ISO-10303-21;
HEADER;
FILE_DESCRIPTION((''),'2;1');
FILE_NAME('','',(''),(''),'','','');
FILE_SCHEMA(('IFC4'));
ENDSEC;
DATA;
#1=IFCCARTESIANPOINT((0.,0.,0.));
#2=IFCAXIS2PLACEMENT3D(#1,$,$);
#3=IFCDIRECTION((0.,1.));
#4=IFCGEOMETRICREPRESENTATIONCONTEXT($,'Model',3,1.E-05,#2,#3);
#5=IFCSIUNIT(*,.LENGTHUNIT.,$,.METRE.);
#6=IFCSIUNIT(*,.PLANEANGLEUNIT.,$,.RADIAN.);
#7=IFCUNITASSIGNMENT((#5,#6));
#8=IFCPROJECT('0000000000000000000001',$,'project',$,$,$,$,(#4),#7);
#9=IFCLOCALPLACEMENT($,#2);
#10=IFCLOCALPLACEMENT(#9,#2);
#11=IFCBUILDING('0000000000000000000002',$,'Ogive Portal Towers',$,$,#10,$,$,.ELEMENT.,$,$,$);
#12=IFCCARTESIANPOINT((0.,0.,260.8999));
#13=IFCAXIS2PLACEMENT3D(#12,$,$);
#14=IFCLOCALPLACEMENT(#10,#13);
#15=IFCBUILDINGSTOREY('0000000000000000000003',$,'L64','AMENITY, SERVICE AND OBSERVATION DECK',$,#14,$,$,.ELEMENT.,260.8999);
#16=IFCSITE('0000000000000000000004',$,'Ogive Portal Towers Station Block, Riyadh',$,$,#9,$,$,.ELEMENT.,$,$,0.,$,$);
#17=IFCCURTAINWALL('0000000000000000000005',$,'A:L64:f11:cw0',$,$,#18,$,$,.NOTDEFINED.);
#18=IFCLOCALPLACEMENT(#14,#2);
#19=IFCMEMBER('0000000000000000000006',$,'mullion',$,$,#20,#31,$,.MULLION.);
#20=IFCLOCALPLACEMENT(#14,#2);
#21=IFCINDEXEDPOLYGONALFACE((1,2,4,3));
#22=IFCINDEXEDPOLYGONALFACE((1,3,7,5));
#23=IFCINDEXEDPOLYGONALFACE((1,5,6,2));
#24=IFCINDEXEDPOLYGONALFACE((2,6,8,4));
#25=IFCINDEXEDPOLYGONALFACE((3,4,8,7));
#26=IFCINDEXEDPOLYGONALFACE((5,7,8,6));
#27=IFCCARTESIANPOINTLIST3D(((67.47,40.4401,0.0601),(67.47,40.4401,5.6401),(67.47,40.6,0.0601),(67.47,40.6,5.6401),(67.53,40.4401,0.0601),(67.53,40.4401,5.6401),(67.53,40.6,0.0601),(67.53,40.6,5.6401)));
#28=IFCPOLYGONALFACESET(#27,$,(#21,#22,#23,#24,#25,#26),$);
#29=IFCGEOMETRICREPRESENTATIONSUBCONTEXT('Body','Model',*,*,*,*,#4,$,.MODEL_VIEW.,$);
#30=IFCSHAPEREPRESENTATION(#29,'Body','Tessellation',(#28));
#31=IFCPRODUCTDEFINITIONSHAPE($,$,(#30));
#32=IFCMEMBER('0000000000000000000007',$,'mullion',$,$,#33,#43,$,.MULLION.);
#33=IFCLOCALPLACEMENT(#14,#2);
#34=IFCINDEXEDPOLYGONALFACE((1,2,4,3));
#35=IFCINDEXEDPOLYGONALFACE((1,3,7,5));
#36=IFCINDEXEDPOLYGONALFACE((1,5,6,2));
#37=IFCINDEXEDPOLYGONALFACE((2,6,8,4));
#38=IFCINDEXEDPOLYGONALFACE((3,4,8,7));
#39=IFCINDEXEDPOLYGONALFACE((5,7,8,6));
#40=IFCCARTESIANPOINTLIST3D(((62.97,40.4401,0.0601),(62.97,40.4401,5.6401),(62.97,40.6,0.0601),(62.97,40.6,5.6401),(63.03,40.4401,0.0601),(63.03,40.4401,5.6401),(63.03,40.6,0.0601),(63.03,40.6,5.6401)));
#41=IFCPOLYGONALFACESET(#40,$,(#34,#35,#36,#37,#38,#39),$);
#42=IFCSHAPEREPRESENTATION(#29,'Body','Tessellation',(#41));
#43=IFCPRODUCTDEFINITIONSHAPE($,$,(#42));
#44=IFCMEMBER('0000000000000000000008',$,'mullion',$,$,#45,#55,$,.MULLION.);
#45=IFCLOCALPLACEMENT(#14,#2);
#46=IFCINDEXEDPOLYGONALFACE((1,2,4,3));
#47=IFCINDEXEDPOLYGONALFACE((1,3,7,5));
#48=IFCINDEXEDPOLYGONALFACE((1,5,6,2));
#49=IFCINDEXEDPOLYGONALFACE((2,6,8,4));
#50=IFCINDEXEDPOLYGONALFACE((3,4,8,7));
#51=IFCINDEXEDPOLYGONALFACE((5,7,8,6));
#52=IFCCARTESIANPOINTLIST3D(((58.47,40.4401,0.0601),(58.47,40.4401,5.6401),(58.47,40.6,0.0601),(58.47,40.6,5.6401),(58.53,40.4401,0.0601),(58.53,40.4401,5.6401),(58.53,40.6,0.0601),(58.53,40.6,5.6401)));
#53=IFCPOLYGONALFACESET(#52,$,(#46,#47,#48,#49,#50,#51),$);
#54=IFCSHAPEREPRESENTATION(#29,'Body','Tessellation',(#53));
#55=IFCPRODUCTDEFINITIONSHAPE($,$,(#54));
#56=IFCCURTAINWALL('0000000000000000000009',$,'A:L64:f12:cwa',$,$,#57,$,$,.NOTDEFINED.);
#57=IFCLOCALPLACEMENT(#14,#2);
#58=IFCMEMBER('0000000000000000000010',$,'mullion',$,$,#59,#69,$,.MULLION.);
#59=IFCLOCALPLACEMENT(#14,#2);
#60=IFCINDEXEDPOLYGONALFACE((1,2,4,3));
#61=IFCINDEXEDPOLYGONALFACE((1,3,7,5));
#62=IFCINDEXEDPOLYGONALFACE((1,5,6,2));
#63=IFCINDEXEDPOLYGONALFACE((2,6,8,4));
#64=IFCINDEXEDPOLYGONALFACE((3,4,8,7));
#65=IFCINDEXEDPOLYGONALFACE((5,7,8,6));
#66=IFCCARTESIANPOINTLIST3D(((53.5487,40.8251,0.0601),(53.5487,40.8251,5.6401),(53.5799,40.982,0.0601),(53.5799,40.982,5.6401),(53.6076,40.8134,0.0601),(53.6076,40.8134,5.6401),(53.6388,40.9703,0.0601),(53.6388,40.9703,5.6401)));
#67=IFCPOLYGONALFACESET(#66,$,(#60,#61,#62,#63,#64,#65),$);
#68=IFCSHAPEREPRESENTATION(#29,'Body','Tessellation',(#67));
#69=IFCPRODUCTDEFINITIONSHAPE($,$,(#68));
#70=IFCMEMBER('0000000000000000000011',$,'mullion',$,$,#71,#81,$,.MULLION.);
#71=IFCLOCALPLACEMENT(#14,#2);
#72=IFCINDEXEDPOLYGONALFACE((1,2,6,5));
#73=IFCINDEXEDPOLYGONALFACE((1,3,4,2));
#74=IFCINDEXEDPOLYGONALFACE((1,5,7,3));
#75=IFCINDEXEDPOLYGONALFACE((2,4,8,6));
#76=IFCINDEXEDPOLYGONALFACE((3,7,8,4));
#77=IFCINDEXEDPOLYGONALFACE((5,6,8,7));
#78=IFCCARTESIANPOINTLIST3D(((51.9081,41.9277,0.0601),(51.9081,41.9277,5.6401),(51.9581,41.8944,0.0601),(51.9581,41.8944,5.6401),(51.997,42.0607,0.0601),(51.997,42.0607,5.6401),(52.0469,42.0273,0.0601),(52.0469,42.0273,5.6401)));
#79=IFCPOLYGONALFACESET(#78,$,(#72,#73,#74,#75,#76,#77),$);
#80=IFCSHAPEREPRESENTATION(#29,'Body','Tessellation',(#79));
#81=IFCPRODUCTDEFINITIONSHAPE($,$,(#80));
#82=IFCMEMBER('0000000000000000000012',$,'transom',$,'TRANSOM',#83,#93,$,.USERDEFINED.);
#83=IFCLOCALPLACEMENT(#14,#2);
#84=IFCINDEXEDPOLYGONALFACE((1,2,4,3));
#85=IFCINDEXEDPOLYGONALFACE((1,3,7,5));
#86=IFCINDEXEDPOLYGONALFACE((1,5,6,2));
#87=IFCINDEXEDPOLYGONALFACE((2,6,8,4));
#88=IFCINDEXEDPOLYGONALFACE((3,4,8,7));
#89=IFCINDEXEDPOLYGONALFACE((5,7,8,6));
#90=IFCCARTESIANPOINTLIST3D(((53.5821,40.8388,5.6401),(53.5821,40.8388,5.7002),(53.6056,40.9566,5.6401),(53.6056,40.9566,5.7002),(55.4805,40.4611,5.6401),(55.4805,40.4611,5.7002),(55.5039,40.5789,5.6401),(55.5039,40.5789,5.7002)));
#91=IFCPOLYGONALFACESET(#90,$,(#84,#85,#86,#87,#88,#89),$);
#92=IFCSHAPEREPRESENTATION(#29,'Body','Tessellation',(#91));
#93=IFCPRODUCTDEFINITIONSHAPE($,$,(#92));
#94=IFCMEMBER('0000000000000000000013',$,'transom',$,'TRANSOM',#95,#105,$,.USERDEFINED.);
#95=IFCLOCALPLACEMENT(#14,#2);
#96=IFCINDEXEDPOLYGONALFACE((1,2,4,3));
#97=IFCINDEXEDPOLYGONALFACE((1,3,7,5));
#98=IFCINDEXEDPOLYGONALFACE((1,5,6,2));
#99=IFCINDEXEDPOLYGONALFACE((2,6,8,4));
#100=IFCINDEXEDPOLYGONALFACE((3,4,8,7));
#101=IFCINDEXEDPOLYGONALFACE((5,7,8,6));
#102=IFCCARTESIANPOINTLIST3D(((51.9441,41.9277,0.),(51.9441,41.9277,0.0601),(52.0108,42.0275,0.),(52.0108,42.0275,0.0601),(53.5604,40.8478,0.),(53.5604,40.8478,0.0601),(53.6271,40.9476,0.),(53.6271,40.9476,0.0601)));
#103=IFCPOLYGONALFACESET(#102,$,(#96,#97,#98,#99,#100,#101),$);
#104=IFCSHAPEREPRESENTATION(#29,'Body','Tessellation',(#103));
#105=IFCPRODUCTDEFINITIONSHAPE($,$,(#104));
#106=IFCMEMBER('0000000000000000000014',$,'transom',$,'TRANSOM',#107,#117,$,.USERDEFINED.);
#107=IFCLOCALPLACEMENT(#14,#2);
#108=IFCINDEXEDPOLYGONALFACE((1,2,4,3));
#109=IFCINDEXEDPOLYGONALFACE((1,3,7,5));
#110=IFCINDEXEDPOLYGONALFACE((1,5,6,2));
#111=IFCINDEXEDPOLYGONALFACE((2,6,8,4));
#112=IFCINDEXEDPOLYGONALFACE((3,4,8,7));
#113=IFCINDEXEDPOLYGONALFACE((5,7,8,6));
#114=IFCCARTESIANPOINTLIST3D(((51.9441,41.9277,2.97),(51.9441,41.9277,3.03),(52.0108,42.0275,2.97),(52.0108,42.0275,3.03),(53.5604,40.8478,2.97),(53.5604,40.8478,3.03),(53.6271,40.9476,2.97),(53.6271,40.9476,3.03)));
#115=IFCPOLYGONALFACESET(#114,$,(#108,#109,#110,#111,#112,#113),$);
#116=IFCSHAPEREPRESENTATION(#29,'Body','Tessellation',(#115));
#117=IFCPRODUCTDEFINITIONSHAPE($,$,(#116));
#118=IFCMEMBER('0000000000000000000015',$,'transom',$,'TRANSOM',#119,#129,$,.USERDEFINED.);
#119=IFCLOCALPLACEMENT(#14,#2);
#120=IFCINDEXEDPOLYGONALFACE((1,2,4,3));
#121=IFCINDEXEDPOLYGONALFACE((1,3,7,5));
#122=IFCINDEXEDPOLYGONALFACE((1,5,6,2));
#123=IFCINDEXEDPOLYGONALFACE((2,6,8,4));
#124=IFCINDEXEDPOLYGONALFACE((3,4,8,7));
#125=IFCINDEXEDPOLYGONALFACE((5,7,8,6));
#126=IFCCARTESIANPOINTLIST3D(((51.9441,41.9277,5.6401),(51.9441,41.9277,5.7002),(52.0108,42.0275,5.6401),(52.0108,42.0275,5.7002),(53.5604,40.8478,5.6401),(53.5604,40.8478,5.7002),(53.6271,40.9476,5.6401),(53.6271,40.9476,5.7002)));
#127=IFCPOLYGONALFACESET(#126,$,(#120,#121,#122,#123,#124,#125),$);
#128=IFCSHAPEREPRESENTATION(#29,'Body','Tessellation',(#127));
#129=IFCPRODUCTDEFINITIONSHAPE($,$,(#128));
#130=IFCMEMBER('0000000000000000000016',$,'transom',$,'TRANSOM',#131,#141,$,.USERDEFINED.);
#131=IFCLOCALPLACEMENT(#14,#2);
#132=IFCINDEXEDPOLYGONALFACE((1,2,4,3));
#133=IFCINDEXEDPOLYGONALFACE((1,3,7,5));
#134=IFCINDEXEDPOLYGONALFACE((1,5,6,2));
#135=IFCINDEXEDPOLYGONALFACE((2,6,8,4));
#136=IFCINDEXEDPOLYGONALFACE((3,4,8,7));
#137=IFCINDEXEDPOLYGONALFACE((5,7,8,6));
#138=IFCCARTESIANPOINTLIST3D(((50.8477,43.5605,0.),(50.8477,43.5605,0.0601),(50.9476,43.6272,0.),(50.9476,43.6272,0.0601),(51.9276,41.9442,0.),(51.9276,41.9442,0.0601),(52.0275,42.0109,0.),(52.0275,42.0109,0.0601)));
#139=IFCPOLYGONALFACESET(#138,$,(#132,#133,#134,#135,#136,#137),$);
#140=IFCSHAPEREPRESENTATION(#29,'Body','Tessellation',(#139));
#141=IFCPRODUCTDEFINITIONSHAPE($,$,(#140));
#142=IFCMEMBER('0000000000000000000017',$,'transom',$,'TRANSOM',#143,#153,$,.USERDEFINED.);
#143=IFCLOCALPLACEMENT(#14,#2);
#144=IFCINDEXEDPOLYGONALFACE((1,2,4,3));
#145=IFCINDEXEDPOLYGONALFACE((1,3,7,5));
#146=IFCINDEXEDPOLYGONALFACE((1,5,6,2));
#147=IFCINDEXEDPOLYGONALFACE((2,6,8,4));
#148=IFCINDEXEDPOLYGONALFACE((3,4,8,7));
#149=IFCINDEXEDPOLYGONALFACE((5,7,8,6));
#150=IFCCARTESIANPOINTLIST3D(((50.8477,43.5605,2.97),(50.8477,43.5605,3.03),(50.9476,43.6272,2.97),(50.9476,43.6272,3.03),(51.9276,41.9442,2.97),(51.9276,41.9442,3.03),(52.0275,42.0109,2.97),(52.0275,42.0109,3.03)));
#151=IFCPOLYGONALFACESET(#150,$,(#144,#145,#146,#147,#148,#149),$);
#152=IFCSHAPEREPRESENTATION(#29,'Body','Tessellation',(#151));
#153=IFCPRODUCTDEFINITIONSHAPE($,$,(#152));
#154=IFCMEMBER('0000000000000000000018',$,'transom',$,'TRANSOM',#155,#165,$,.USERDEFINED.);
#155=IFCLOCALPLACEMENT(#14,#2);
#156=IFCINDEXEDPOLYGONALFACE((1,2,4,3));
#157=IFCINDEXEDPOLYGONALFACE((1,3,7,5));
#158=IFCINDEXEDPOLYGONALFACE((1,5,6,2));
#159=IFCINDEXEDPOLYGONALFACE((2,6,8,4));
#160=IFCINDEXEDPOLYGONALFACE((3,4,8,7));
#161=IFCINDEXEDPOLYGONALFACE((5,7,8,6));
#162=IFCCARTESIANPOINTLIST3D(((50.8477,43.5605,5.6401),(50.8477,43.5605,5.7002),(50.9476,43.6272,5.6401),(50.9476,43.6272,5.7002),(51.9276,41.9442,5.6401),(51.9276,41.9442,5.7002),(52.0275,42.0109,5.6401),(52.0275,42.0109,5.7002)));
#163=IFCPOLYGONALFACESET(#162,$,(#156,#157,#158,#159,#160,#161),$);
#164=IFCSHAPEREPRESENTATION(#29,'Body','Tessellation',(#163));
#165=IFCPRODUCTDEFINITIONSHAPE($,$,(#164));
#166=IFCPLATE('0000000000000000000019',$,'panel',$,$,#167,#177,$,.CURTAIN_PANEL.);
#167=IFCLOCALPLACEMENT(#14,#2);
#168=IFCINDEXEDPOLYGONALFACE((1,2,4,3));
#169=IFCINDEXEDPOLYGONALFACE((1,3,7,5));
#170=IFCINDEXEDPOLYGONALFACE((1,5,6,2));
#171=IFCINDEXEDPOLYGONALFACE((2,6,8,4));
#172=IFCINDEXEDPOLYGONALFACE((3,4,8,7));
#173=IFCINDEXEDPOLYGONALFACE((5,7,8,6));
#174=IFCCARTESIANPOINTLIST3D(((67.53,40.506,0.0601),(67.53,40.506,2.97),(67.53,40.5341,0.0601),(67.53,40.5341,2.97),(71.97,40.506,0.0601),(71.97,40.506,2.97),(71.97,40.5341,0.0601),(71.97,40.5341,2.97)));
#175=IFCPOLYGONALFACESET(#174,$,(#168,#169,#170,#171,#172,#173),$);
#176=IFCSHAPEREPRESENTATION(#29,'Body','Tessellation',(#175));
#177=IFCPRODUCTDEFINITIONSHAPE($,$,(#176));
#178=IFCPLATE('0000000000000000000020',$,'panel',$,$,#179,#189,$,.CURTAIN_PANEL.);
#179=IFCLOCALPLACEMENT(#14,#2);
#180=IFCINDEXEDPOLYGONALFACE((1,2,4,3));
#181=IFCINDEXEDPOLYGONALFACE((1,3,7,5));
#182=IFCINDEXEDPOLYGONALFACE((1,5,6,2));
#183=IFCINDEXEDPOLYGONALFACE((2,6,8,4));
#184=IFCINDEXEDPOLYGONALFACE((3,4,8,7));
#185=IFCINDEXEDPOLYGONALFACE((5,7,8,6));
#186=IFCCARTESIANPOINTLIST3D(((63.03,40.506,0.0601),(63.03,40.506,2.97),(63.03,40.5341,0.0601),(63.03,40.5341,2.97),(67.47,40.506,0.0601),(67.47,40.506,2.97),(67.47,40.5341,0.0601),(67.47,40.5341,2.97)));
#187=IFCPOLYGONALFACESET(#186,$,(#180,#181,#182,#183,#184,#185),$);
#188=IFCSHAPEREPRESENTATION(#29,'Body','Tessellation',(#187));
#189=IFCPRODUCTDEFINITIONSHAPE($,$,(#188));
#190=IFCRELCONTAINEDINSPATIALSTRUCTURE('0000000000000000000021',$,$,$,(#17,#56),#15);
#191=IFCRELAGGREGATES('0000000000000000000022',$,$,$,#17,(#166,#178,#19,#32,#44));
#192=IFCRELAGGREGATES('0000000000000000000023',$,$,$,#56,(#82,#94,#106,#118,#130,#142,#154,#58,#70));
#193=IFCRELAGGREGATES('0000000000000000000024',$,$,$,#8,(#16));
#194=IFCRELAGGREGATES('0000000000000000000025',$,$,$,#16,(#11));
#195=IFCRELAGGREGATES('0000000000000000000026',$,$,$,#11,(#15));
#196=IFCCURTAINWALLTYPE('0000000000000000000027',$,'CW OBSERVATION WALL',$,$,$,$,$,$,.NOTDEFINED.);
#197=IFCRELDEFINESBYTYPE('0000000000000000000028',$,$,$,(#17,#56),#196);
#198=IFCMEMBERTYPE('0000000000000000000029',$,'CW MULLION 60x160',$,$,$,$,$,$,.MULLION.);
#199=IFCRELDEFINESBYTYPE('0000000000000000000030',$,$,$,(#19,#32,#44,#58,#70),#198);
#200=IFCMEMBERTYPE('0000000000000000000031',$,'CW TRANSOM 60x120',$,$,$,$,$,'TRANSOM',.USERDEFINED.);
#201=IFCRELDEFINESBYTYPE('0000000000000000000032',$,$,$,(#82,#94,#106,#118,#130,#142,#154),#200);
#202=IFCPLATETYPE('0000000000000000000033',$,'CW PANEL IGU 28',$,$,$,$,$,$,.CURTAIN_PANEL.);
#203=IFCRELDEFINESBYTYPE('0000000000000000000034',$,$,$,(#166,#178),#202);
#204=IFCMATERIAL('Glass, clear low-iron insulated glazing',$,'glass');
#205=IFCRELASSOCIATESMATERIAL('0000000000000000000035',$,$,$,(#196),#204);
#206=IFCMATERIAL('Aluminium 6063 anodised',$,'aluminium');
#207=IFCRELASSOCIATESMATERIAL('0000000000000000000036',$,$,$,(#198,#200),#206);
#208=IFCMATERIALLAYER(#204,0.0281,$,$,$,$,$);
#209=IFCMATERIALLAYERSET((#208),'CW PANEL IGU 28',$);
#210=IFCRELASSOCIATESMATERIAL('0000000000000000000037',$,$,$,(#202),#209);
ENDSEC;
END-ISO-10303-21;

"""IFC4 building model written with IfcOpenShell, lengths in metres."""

from ifc_helpers import new_model, si_unit, direction, frame, origin, origin_2d, place, context, subcontext, project, spatial, rectangle, extrude, material, layer, layer_set, material_profile, profile_set, type_object, element, aggregate, save


model = new_model("IFC4")

# Units and contexts
model_context = context("Model", 3, precision=1e-05, world=origin(), true_north=direction((0.0, 1.0)))
body_context = subcontext(model_context, "Body", "Model", "MODEL_VIEW")
ifc_project = project(units=[si_unit("LENGTHUNIT", "METRE"), si_unit("PLANEANGLEUNIT", "RADIAN")], contexts=[model_context])

# Site, building, storey
site_placement = place(None, origin())
site = spatial("IfcSite", under=ifc_project, at=site_placement, Name="Ogive Portal Towers Station Block, Riyadh", CompositionType="ELEMENT", RefElevation=0.0)
building_placement = place(site_placement, origin())
building = spatial("IfcBuilding", under=site, at=building_placement, Name="Ogive Portal Towers", CompositionType="ELEMENT")
storey_placement = place(building_placement, frame((0.0, 0.0, 260.8999)))
storey = spatial("IfcBuildingStorey", under=building, at=storey_placement, Name="L64", Description="AMENITY, SERVICE AND OBSERVATION DECK", CompositionType="ELEMENT", Elevation=260.8999)

# Curtain walls, members
ifc_material_1 = material(Name="Glass, clear low-iron insulated glazing", Category="glass")
curtain_wall_type = type_object("IfcCurtainWallType", Name="CW OBSERVATION WALL", PredefinedType="NOTDEFINED", material=ifc_material_1)
curtain_wall_1_placement = place(storey_placement, origin())
curtain_wall_1 = element("IfcCurtainWall", 1, at=curtain_wall_1_placement, inside=storey, type_object=curtain_wall_type, Name="A:L64:f11:cw0", PredefinedType="NOTDEFINED")
ifc_material_2 = material(Name="Aluminium 6063 anodised", Category="aluminium")
ifc_material_profile_1 = material_profile(ifc_material_2, rectangle(XDim=0.1599, YDim=0.0601, at=origin_2d()), Name="AL 60x160")
ifc_profile_set_1 = profile_set([ifc_material_profile_1], Name="Aluminium 6063 anodised")
member_type_1 = type_object("IfcMemberType", Name="CW MULLION 60x160", PredefinedType="MULLION", material=ifc_profile_set_1)
member_1_placement = place(storey_placement, frame((67.5, 40.52, 0.0601), z_axis=(0.0, 0.0, 1.0), x_axis=(0.0, -1.0, 0.0)))
member_1 = element("IfcMember", 2, at=member_1_placement, type_object=member_type_1, Name="mullion", PredefinedType="MULLION", context=body_context, shape_type="SweptSolid", body=[
    extrude(rectangle(XDim=0.1599, YDim=0.0601, at=origin_2d()), origin(), (0.0, 0.0, 1.0), 5.5801),
])
member_2_placement = place(storey_placement, frame((63.0, 40.52, 0.0601), z_axis=(0.0, 0.0, 1.0), x_axis=(0.0, -1.0, 0.0)))
member_2 = element("IfcMember", 3, at=member_2_placement, type_object=member_type_1, Name="mullion", PredefinedType="MULLION", context=body_context, shape_type="SweptSolid", body=[
    extrude(rectangle(XDim=0.1599, YDim=0.0601, at=origin_2d()), origin(), (0.0, 0.0, 1.0), 5.5801),
])
member_3_placement = place(storey_placement, frame((58.5, 40.52, 0.0601), z_axis=(0.0, 0.0, 1.0), x_axis=(0.0, -1.0, 0.0)))
member_3 = element("IfcMember", 4, at=member_3_placement, type_object=member_type_1, Name="mullion", PredefinedType="MULLION", context=body_context, shape_type="SweptSolid", body=[
    extrude(rectangle(XDim=0.1599, YDim=0.0601, at=origin_2d()), origin(), (0.0, 0.0, 1.0), 5.5801),
])
curtain_wall_2_placement = place(storey_placement, origin())
curtain_wall_2 = element("IfcCurtainWall", 5, at=curtain_wall_2_placement, inside=storey, type_object=curtain_wall_type, Name="A:L64:f12:cwa", PredefinedType="NOTDEFINED")
member_4_placement = place(storey_placement, frame((53.5938, 40.8977, 0.0601), z_axis=(0.0, 0.0, 1.0), x_axis=(-0.19509, -0.980785, 0.0)))
member_4 = element("IfcMember", 6, at=member_4_placement, type_object=member_type_1, Name="mullion", PredefinedType="MULLION", context=body_context, shape_type="SweptSolid", body=[
    extrude(rectangle(XDim=0.1599, YDim=0.0601, at=origin_2d()), origin(), (0.0, 0.0, 1.0), 5.5801),
])
member_5_placement = place(storey_placement, frame((51.9775, 41.9775, 0.0601), z_axis=(0.0, 0.0, 1.0), x_axis=(-0.55557, -0.83147, 0.0)))
member_5 = element("IfcMember", 7, at=member_5_placement, type_object=member_type_1, Name="mullion", PredefinedType="MULLION", context=body_context, shape_type="SweptSolid", body=[
    extrude(rectangle(XDim=0.1599, YDim=0.0601, at=origin_2d()), origin(), (0.0, 0.0, 1.0), 5.5801),
])
ifc_material_profile_2 = material_profile(ifc_material_2, rectangle(XDim=0.1201, YDim=0.0601, at=origin_2d()), Name="AL 120x60")
ifc_profile_set_2 = profile_set([ifc_material_profile_2], Name="Aluminium 6063 anodised")
member_type_2 = type_object("IfcMemberType", Name="CW TRANSOM 60x120", ElementType="TRANSOM", PredefinedType="USERDEFINED", material=ifc_profile_set_2)
member_6_placement = place(storey_placement, frame((55.4922, 40.52, 5.6702), z_axis=(-0.980779, 0.195122, 0.0), x_axis=(-0.195122, -0.980779, 0.0)))
member_6 = element("IfcMember", 8, at=member_6_placement, type_object=member_type_2, Name="transom", ObjectType="TRANSOM", PredefinedType="USERDEFINED", context=body_context, shape_type="SweptSolid", body=[
    extrude(rectangle(XDim=0.1201, YDim=0.0601, at=origin_2d()), origin(), (0.0, 0.0, 1.0), 1.9355),
])
member_7_placement = place(storey_placement, frame((53.5938, 40.8977, 0.03), z_axis=(-0.831489, 0.55554, 0.0), x_axis=(-0.55554, -0.831489, 0.0)))
member_7 = element("IfcMember", 9, at=member_7_placement, type_object=member_type_2, Name="transom", ObjectType="TRANSOM", PredefinedType="USERDEFINED", context=body_context, shape_type="SweptSolid", body=[
    extrude(rectangle(XDim=0.1201, YDim=0.0601, at=origin_2d()), origin(), (0.0, 0.0, 1.0), 1.9438),
])
member_8_placement = place(storey_placement, frame((53.5938, 40.8977, 3.0), z_axis=(-0.831489, 0.55554, 0.0), x_axis=(-0.55554, -0.831489, 0.0)))
member_8 = element("IfcMember", 10, at=member_8_placement, type_object=member_type_2, Name="transom", ObjectType="TRANSOM", PredefinedType="USERDEFINED", context=body_context, shape_type="SweptSolid", body=[
    extrude(rectangle(XDim=0.1201, YDim=0.0601, at=origin_2d()), origin(), (0.0, 0.0, 1.0), 1.9438),
])
member_9_placement = place(storey_placement, frame((53.5938, 40.8977, 5.6702), z_axis=(-0.831489, 0.55554, 0.0), x_axis=(-0.55554, -0.831489, 0.0)))
member_9 = element("IfcMember", 11, at=member_9_placement, type_object=member_type_2, Name="transom", ObjectType="TRANSOM", PredefinedType="USERDEFINED", context=body_context, shape_type="SweptSolid", body=[
    extrude(rectangle(XDim=0.1201, YDim=0.0601, at=origin_2d()), origin(), (0.0, 0.0, 1.0), 1.9438),
])
member_10_placement = place(storey_placement, frame((51.9775, 41.9775, 0.03), z_axis=(-0.55554, 0.831489, 0.0), x_axis=(-0.831489, -0.55554, 0.0)))
member_10 = element("IfcMember", 12, at=member_10_placement, type_object=member_type_2, Name="transom", ObjectType="TRANSOM", PredefinedType="USERDEFINED", context=body_context, shape_type="SweptSolid", body=[
    extrude(rectangle(XDim=0.1201, YDim=0.0601, at=origin_2d()), origin(), (0.0, 0.0, 1.0), 1.9438),
])
member_11_placement = place(storey_placement, frame((51.9775, 41.9775, 3.0), z_axis=(-0.55554, 0.831489, 0.0), x_axis=(-0.831489, -0.55554, 0.0)))
member_11 = element("IfcMember", 13, at=member_11_placement, type_object=member_type_2, Name="transom", ObjectType="TRANSOM", PredefinedType="USERDEFINED", context=body_context, shape_type="SweptSolid", body=[
    extrude(rectangle(XDim=0.1201, YDim=0.0601, at=origin_2d()), origin(), (0.0, 0.0, 1.0), 1.9438),
])
member_12_placement = place(storey_placement, frame((51.9775, 41.9775, 5.6702), z_axis=(-0.55554, 0.831489, 0.0), x_axis=(-0.831489, -0.55554, 0.0)))
member_12 = element("IfcMember", 14, at=member_12_placement, type_object=member_type_2, Name="transom", ObjectType="TRANSOM", PredefinedType="USERDEFINED", context=body_context, shape_type="SweptSolid", body=[
    extrude(rectangle(XDim=0.1201, YDim=0.0601, at=origin_2d()), origin(), (0.0, 0.0, 1.0), 1.9438),
])

# Plates
ifc_layer = layer(ifc_material_1, 0.0281)
ifc_layer_set = layer_set([ifc_layer], Name="CW PANEL IGU 28")
plate_type = type_object("IfcPlateType", Name="CW PANEL IGU 28", PredefinedType="CURTAIN_PANEL", material=ifc_layer_set)
plate_1_placement = place(storey_placement, frame((69.75, 40.52, 0.0601), z_axis=(0.0, 0.0, 1.0), x_axis=(-1.0, 0.0, 0.0)))
plate_1 = element("IfcPlate", 15, at=plate_1_placement, type_object=plate_type, Name="panel", PredefinedType="CURTAIN_PANEL", context=body_context, shape_type="SweptSolid", body=[
    extrude(rectangle(XDim=4.4399, YDim=0.0281, at=origin_2d()), origin(), (0.0, 0.0, 1.0), 2.9099),
])
plate_2_placement = place(storey_placement, frame((65.25, 40.52, 0.0601), z_axis=(0.0, 0.0, 1.0), x_axis=(-1.0, 0.0, 0.0)))
plate_2 = element("IfcPlate", 16, at=plate_2_placement, type_object=plate_type, Name="panel", PredefinedType="CURTAIN_PANEL", context=body_context, shape_type="SweptSolid", body=[
    extrude(rectangle(XDim=4.4399, YDim=0.0281, at=origin_2d()), origin(), (0.0, 0.0, 1.0), 2.9099),
])
aggregate(curtain_wall_1, [plate_1, plate_2, member_1, member_2, member_3])
aggregate(curtain_wall_2, [member_6, member_7, member_8, member_9, member_10, member_11, member_12, member_4, member_5])

save(model, "model.ifc")
